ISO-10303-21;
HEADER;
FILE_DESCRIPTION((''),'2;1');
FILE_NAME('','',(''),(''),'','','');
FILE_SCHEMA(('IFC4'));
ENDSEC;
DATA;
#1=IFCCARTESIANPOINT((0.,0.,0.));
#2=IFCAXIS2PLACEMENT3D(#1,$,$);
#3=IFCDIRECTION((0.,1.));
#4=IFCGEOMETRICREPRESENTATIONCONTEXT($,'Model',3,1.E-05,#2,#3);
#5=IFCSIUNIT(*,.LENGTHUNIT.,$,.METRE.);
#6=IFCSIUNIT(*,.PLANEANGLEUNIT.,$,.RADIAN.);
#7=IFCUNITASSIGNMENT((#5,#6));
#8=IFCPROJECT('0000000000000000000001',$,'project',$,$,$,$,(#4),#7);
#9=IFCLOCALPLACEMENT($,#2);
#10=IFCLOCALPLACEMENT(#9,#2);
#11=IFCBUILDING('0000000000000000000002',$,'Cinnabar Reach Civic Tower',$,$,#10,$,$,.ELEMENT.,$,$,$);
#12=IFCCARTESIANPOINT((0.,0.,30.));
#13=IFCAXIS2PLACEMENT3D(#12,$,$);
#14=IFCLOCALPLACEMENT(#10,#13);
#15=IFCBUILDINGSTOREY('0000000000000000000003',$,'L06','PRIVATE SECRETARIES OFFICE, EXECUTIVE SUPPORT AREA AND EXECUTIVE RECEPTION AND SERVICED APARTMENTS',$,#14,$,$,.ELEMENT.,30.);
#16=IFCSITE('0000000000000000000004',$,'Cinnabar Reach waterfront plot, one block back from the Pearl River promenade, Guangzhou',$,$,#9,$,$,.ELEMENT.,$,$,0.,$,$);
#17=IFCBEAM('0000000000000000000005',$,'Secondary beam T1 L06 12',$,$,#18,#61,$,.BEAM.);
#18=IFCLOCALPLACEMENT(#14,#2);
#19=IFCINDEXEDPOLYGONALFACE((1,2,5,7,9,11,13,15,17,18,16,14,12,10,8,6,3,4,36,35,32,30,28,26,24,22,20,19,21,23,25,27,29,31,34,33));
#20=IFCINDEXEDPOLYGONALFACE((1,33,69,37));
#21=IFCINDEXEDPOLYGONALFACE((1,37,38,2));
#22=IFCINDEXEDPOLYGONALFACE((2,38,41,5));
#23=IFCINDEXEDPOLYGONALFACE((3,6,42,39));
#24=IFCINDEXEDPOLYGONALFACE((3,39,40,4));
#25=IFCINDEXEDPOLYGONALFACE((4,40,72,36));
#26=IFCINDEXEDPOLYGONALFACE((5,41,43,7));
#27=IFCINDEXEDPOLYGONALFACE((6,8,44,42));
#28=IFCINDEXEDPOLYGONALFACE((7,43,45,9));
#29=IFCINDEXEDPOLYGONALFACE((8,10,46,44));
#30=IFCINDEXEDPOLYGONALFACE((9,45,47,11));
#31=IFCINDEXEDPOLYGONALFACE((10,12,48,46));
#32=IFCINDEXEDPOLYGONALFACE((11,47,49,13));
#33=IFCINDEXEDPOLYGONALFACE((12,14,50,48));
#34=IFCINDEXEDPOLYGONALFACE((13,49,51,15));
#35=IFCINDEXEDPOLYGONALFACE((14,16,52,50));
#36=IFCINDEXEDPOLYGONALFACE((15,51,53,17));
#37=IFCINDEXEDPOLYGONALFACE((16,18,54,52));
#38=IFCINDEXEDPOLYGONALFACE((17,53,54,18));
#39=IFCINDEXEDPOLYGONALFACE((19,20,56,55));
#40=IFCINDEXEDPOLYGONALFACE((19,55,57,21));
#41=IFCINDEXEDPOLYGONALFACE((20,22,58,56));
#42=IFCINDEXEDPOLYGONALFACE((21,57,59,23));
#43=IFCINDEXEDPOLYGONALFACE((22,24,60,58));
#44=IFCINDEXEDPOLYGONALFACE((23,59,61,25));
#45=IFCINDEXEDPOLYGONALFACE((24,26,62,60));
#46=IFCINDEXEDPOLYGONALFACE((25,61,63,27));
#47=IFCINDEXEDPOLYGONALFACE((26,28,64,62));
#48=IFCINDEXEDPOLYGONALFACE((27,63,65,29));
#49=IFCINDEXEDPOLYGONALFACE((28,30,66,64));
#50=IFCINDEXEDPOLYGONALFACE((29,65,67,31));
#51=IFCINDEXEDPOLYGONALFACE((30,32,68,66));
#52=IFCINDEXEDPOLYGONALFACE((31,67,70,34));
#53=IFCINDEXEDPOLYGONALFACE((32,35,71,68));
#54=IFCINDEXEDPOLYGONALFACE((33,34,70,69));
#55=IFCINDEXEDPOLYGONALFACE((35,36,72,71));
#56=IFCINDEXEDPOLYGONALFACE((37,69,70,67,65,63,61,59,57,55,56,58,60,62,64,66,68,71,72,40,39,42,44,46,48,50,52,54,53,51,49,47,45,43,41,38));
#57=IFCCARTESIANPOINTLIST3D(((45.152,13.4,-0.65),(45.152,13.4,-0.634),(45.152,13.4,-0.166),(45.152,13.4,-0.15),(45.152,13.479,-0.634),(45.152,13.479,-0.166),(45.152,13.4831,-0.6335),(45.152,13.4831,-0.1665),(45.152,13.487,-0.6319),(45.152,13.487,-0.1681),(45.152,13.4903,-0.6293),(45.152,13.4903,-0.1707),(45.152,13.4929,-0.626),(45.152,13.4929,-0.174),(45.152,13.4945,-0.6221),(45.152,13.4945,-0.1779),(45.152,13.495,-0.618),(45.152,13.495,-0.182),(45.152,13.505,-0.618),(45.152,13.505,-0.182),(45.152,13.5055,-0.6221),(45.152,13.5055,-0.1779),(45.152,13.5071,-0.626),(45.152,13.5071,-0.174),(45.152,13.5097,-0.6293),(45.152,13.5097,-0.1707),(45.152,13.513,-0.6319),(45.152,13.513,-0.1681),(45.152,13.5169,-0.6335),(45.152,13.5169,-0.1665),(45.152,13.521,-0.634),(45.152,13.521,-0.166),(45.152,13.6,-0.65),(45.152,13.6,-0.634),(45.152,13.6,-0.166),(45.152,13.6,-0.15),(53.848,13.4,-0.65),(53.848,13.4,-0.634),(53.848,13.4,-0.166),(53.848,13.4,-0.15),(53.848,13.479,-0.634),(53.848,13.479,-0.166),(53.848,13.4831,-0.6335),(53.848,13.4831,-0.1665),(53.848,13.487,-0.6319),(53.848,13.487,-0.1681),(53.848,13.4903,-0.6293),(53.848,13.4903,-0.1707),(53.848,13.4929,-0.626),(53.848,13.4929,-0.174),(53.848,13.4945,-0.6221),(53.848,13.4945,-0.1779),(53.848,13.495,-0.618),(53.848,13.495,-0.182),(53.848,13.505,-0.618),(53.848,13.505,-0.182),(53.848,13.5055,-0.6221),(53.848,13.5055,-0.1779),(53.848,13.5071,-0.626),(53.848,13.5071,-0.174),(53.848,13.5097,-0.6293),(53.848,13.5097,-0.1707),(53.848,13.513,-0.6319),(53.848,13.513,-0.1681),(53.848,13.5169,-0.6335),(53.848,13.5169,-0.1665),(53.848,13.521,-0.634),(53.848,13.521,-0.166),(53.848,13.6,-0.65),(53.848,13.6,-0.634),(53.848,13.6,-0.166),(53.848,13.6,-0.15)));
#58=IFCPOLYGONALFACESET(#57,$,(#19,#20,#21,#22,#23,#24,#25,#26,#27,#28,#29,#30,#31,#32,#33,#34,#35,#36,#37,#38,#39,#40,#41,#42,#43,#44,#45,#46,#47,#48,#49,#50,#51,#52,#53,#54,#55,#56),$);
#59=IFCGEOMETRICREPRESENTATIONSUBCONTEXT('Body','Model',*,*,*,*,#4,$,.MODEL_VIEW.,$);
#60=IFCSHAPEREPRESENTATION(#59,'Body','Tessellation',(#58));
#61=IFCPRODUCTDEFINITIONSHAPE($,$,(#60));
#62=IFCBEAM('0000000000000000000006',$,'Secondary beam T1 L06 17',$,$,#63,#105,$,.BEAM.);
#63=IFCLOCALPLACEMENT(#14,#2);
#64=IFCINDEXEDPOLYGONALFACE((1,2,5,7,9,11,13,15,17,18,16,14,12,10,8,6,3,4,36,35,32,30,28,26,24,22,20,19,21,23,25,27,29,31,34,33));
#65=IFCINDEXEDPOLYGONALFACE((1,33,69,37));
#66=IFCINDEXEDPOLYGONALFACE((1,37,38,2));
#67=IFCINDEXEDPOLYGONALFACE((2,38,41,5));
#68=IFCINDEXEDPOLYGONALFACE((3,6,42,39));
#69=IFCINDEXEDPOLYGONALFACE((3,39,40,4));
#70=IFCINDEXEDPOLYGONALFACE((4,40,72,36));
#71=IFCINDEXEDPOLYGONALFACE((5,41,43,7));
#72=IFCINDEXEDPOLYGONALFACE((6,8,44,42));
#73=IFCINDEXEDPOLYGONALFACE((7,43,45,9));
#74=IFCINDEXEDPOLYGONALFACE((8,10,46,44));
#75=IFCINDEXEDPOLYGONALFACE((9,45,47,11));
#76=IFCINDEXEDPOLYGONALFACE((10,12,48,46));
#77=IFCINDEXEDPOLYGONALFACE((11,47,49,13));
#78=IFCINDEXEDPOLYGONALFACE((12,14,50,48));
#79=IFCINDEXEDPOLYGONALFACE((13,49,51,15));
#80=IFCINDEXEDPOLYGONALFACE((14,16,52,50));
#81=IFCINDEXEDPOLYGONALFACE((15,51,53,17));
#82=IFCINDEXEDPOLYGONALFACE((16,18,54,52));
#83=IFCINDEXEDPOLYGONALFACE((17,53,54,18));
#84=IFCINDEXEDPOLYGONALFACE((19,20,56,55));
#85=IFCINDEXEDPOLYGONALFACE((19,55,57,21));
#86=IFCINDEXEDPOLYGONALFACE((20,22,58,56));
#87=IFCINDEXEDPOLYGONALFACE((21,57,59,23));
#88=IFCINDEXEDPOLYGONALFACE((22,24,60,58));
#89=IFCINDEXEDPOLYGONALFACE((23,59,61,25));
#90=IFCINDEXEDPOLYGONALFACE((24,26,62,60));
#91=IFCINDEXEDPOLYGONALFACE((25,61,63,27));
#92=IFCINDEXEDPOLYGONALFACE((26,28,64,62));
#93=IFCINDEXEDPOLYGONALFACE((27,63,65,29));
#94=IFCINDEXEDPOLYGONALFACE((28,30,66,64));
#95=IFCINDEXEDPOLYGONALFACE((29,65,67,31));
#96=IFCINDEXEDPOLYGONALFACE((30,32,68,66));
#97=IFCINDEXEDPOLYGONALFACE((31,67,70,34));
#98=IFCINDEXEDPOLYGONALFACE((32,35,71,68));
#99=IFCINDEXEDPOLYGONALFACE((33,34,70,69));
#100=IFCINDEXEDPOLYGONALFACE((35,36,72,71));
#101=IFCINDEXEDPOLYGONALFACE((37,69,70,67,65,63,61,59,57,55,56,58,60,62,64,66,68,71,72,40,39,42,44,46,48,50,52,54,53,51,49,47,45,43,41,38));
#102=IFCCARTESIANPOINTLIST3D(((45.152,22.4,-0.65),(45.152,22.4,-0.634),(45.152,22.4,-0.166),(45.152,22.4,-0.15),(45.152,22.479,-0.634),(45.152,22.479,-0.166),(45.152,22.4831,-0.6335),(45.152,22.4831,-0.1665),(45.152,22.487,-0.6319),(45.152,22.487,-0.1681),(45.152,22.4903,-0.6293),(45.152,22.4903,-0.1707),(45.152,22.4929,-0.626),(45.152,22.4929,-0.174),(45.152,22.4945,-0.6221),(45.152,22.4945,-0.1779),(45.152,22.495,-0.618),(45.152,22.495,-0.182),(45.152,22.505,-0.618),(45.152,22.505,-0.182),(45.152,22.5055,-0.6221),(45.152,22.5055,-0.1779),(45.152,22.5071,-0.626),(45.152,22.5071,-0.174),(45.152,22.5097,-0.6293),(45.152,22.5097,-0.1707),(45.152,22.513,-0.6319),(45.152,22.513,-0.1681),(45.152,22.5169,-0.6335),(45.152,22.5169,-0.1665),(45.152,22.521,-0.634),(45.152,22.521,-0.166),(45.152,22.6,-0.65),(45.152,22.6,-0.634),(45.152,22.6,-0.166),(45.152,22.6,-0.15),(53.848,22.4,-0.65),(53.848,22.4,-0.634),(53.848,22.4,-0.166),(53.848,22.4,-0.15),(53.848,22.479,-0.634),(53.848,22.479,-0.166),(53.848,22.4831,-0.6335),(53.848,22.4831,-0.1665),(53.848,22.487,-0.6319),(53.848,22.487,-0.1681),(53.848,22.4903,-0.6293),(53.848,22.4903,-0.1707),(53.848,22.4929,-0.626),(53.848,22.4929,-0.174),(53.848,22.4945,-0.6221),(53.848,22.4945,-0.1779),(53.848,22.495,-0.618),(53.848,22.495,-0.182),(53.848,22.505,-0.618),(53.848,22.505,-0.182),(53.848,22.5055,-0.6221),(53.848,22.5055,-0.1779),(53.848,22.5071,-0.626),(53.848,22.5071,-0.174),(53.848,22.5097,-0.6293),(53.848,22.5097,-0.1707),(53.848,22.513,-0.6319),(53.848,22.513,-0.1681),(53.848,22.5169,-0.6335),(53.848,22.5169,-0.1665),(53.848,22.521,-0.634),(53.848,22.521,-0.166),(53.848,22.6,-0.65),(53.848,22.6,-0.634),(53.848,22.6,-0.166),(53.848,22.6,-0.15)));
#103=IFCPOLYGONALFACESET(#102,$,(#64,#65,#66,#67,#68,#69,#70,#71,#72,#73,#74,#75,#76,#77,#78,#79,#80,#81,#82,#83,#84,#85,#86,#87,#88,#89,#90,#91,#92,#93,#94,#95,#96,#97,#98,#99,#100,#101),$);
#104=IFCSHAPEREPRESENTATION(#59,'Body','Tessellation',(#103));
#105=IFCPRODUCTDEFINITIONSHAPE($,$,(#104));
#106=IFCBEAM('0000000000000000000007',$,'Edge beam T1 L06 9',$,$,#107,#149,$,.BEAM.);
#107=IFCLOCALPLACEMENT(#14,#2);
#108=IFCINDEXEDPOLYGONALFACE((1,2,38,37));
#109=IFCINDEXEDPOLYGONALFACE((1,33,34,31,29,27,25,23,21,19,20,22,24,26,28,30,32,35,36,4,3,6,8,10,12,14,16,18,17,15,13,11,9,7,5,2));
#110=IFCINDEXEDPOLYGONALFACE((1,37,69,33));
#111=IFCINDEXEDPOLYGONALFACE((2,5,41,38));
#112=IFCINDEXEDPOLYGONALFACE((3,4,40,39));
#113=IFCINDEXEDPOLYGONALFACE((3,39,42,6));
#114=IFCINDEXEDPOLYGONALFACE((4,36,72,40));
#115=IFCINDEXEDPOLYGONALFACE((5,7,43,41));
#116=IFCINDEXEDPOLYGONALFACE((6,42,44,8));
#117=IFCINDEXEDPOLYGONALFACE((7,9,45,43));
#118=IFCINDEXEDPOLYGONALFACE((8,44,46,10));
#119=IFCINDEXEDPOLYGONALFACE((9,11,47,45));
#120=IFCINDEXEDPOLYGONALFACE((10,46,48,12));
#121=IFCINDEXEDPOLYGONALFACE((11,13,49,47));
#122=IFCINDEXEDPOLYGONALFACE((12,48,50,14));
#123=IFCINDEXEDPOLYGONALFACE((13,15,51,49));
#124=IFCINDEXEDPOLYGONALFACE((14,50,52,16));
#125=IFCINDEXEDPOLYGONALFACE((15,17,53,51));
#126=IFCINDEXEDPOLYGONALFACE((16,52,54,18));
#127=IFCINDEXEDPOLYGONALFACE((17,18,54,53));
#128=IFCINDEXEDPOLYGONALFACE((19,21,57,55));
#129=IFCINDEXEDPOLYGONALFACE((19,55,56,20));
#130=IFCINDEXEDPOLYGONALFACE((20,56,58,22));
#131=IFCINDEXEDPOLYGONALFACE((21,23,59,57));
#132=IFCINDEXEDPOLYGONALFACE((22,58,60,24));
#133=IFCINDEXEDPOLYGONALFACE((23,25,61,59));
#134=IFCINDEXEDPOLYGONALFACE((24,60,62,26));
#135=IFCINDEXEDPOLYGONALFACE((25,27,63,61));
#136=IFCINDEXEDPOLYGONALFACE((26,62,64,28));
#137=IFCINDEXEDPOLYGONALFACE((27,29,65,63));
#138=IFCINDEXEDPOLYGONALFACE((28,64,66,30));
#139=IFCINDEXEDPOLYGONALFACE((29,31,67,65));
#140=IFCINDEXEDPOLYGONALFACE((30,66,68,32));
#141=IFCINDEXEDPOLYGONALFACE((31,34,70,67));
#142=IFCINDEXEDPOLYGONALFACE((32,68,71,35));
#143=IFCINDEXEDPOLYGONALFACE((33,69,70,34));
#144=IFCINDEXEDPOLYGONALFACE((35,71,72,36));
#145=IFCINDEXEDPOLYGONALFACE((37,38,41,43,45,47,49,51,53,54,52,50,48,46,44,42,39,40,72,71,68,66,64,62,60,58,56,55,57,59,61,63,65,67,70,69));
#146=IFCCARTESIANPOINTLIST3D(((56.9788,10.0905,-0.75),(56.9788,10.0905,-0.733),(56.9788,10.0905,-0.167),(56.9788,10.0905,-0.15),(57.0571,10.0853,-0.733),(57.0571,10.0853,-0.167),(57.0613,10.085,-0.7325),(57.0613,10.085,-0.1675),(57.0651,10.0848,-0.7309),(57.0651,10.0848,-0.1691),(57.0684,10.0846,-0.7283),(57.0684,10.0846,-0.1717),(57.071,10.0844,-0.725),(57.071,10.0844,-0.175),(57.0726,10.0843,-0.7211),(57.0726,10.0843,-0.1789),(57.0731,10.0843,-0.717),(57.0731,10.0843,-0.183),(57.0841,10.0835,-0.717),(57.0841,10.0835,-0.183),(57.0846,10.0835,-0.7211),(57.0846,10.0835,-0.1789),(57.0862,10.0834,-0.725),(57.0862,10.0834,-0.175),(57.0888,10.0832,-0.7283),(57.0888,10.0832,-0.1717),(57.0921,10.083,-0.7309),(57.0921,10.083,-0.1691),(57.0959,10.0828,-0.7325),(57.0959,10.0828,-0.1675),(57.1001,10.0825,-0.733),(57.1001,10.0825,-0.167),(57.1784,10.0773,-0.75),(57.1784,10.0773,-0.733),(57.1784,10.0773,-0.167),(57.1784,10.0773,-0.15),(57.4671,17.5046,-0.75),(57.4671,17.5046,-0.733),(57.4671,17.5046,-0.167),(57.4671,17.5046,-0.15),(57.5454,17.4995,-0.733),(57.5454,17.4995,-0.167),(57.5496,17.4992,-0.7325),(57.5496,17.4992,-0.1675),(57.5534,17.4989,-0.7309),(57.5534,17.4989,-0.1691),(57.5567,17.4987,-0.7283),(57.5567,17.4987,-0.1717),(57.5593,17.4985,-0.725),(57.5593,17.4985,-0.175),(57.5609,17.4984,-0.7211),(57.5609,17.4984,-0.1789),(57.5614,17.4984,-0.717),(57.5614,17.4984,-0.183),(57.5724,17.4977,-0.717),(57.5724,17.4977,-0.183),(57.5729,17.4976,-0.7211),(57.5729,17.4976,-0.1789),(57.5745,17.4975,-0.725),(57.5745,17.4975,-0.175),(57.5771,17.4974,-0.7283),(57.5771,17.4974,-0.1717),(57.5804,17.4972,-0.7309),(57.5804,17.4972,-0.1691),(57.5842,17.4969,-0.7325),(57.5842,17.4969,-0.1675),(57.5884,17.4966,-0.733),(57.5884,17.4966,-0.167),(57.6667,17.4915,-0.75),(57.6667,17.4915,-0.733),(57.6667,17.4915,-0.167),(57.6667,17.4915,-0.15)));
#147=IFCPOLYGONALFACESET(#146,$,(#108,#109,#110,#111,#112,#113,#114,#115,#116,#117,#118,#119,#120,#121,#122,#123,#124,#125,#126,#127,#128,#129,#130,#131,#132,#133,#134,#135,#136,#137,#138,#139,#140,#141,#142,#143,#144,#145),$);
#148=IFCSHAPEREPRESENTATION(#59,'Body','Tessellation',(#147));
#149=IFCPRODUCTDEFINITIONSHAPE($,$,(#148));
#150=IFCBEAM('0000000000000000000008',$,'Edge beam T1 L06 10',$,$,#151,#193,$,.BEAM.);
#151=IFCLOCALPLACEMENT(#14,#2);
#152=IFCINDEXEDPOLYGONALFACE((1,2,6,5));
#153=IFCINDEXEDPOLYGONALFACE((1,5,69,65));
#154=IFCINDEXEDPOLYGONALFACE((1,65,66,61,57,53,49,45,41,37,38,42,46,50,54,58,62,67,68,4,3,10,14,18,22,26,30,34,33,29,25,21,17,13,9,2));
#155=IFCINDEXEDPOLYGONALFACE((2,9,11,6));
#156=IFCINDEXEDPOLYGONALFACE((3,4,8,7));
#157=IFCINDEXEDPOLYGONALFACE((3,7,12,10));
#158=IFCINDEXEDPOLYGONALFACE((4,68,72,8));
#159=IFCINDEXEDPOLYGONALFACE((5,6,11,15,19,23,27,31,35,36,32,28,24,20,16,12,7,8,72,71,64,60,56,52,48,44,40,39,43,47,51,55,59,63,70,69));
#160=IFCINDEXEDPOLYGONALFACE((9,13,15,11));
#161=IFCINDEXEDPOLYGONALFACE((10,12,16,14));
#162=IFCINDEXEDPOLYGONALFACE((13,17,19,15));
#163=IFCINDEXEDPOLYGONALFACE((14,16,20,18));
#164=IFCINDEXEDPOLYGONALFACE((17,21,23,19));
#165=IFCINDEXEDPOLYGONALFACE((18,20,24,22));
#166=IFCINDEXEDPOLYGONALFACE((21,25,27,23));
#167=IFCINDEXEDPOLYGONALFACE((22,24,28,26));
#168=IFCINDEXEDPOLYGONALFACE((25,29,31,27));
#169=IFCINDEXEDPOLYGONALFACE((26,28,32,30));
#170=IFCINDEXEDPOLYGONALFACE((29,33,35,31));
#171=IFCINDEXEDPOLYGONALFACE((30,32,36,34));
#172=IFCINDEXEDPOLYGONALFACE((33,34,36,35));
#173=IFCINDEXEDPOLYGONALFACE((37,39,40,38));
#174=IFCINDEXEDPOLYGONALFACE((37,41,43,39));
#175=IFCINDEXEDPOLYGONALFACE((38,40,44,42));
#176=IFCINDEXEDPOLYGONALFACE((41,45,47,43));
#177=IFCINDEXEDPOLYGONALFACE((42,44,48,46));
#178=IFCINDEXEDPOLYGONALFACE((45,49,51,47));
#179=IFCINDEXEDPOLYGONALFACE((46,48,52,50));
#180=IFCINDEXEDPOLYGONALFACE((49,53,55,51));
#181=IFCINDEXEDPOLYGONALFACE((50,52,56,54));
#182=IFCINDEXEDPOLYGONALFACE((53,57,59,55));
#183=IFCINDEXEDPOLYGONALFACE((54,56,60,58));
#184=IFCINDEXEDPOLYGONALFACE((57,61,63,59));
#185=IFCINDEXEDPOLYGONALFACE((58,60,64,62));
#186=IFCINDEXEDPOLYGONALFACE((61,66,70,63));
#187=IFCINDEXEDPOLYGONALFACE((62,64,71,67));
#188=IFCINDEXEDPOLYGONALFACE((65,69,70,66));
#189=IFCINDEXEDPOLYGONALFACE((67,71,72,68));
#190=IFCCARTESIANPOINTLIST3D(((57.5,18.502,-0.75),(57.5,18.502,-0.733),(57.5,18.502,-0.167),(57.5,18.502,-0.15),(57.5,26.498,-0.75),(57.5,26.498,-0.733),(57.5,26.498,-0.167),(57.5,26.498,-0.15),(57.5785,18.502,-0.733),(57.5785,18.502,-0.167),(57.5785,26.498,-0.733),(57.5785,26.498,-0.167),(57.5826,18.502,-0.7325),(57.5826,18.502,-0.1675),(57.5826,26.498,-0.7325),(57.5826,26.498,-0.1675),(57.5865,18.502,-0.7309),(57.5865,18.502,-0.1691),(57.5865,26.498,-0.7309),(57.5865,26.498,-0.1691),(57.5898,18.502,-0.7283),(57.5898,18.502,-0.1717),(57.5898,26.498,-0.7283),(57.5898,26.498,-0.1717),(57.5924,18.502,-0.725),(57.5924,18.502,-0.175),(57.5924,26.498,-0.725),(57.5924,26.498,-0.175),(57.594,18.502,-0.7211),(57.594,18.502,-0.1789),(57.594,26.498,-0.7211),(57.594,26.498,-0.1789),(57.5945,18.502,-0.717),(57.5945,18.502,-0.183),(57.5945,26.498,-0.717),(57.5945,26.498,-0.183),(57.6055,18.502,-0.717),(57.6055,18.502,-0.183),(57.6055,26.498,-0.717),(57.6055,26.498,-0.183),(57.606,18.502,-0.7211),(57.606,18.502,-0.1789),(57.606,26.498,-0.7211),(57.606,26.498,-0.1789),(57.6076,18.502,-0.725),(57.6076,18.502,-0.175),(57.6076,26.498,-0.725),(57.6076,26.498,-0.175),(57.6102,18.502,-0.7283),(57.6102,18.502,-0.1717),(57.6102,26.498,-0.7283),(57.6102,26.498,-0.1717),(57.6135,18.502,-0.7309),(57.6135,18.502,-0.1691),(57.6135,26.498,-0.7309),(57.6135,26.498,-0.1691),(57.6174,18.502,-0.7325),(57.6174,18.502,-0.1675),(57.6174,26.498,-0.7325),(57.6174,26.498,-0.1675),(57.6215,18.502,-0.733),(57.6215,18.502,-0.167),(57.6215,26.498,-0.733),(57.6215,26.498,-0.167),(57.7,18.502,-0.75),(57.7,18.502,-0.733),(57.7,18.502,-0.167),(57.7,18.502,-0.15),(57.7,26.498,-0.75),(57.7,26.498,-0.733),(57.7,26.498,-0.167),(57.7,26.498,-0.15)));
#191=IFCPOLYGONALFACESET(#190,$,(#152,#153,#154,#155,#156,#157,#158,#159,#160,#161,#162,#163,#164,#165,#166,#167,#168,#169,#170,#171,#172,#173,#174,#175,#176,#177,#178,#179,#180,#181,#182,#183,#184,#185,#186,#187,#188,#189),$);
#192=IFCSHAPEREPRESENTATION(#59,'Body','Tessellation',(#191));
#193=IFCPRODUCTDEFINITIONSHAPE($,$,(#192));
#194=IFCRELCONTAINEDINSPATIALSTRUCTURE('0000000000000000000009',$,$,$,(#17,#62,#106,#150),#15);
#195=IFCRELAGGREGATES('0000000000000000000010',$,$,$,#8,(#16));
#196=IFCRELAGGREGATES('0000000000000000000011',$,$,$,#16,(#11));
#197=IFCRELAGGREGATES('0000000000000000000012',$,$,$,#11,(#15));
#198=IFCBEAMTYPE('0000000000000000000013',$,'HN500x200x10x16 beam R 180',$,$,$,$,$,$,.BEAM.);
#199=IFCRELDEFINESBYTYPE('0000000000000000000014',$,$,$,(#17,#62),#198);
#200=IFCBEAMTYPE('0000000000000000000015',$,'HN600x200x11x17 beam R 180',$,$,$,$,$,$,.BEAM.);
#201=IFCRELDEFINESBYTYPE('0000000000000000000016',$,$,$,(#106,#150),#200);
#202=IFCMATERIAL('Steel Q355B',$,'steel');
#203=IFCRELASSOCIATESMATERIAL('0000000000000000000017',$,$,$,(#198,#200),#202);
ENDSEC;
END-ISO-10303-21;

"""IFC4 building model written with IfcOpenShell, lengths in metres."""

from ifc_helpers import new_model, si_unit, direction, frame, origin, origin_2d, place, context, subcontext, project, spatial, i_section, extrude, material, material_profile, profile_set, type_object, element, save


model = new_model("IFC4")

# Units and contexts
model_context = context("Model", 3, precision=1e-05, world=origin(), true_north=direction((0.0, 1.0)))
body_context = subcontext(model_context, "Body", "Model", "MODEL_VIEW")
ifc_project = project(units=[si_unit("LENGTHUNIT", "METRE"), si_unit("PLANEANGLEUNIT", "RADIAN")], contexts=[model_context])

# Site, building, storey
site_placement = place(None, origin())
site = spatial("IfcSite", under=ifc_project, at=site_placement, Name="Cinnabar Reach waterfront plot, one block back from the Pearl River promenade, Guangzhou", CompositionType="ELEMENT", RefElevation=0.0)
building_placement = place(site_placement, origin())
building = spatial("IfcBuilding", under=site, at=building_placement, Name="Cinnabar Reach Civic Tower", CompositionType="ELEMENT")
storey_placement = place(building_placement, frame((0.0, 0.0, 30.0)))
storey = spatial("IfcBuildingStorey", under=building, at=storey_placement, Name="L06", Description="PRIVATE SECRETARIES OFFICE, EXECUTIVE SUPPORT AREA AND EXECUTIVE RECEPTION AND SERVICED APARTMENTS", CompositionType="ELEMENT", Elevation=30.0)

# Beams
ifc_material_1 = material(Name="Steel Q355B", Category="steel")
ifc_material_profile_1 = material_profile(ifc_material_1, i_section(OverallWidth=0.2, OverallDepth=0.5, WebThickness=0.01, FlangeThickness=0.016, FilletRadius=0.016, at=origin_2d()), Name="HN500x200x10x16")
ifc_profile_set_1 = profile_set([ifc_material_profile_1], Name="Steel Q355B")
beam_type_1 = type_object("IfcBeamType", Name="HN500x200x10x16 beam R 180", PredefinedType="BEAM", material=ifc_profile_set_1)
for number, where, z_axis, x_axis, name in (
    (1, (45.152, 13.5, -0.4), (1.0, 0.0, 0.0), (0.0, 1.0, 0.0), "Secondary beam T1 L06 12"),
    (2, (45.152, 22.5, -0.4), (1.0, 0.0, 0.0), (0.0, 1.0, 0.0), "Secondary beam T1 L06 17"),
):
    element("IfcBeam", number, at=place(storey_placement, frame(where, z_axis=z_axis, x_axis=x_axis)), inside=storey, type_object=beam_type_1, Name=name, PredefinedType="BEAM", context=body_context, shape_type="SweptSolid", body=[
        extrude(i_section(OverallWidth=0.2, OverallDepth=0.5, WebThickness=0.01, FlangeThickness=0.016, FilletRadius=0.016, at=origin_2d()), origin(), (0.0, 0.0, 1.0), 8.696),
    ])
ifc_material_profile_2 = material_profile(ifc_material_1, i_section(OverallWidth=0.2, OverallDepth=0.6, WebThickness=0.011, FlangeThickness=0.017, FilletRadius=0.016, at=origin_2d()), Name="HN600x200x11x17")
ifc_profile_set_2 = profile_set([ifc_material_profile_2], Name="Steel Q355B")
beam_type_2 = type_object("IfcBeamType", Name="HN600x200x11x17 beam R 180", PredefinedType="BEAM", material=ifc_profile_set_2)
beam_1_placement = place(storey_placement, frame((57.0786, 10.0839, -0.45), z_axis=(0.065719, 0.997838, 0.0), x_axis=(-0.997838, 0.065719, 0.0)))
element("IfcBeam", 3, at=beam_1_placement, inside=storey, type_object=beam_type_2, Name="Edge beam T1 L06 9", PredefinedType="BEAM", context=body_context, shape_type="SweptSolid", body=[
    extrude(i_section(OverallWidth=0.2, OverallDepth=0.6, WebThickness=0.011, FlangeThickness=0.017, FilletRadius=0.016, at=origin_2d()), origin(), (0.0, 0.0, 1.0), 7.4302),
])
beam_2_placement = place(storey_placement, frame((57.6, 18.502, -0.45), z_axis=(0.0, 1.0, 0.0), x_axis=(-1.0, 0.0, 0.0)))
element("IfcBeam", 4, at=beam_2_placement, inside=storey, type_object=beam_type_2, Name="Edge beam T1 L06 10", PredefinedType="BEAM", context=body_context, shape_type="SweptSolid", body=[
    extrude(i_section(OverallWidth=0.2, OverallDepth=0.6, WebThickness=0.011, FlangeThickness=0.017, FilletRadius=0.016, at=origin_2d()), origin(), (0.0, 0.0, 1.0), 7.996),
])

save(model, "model.ifc")
